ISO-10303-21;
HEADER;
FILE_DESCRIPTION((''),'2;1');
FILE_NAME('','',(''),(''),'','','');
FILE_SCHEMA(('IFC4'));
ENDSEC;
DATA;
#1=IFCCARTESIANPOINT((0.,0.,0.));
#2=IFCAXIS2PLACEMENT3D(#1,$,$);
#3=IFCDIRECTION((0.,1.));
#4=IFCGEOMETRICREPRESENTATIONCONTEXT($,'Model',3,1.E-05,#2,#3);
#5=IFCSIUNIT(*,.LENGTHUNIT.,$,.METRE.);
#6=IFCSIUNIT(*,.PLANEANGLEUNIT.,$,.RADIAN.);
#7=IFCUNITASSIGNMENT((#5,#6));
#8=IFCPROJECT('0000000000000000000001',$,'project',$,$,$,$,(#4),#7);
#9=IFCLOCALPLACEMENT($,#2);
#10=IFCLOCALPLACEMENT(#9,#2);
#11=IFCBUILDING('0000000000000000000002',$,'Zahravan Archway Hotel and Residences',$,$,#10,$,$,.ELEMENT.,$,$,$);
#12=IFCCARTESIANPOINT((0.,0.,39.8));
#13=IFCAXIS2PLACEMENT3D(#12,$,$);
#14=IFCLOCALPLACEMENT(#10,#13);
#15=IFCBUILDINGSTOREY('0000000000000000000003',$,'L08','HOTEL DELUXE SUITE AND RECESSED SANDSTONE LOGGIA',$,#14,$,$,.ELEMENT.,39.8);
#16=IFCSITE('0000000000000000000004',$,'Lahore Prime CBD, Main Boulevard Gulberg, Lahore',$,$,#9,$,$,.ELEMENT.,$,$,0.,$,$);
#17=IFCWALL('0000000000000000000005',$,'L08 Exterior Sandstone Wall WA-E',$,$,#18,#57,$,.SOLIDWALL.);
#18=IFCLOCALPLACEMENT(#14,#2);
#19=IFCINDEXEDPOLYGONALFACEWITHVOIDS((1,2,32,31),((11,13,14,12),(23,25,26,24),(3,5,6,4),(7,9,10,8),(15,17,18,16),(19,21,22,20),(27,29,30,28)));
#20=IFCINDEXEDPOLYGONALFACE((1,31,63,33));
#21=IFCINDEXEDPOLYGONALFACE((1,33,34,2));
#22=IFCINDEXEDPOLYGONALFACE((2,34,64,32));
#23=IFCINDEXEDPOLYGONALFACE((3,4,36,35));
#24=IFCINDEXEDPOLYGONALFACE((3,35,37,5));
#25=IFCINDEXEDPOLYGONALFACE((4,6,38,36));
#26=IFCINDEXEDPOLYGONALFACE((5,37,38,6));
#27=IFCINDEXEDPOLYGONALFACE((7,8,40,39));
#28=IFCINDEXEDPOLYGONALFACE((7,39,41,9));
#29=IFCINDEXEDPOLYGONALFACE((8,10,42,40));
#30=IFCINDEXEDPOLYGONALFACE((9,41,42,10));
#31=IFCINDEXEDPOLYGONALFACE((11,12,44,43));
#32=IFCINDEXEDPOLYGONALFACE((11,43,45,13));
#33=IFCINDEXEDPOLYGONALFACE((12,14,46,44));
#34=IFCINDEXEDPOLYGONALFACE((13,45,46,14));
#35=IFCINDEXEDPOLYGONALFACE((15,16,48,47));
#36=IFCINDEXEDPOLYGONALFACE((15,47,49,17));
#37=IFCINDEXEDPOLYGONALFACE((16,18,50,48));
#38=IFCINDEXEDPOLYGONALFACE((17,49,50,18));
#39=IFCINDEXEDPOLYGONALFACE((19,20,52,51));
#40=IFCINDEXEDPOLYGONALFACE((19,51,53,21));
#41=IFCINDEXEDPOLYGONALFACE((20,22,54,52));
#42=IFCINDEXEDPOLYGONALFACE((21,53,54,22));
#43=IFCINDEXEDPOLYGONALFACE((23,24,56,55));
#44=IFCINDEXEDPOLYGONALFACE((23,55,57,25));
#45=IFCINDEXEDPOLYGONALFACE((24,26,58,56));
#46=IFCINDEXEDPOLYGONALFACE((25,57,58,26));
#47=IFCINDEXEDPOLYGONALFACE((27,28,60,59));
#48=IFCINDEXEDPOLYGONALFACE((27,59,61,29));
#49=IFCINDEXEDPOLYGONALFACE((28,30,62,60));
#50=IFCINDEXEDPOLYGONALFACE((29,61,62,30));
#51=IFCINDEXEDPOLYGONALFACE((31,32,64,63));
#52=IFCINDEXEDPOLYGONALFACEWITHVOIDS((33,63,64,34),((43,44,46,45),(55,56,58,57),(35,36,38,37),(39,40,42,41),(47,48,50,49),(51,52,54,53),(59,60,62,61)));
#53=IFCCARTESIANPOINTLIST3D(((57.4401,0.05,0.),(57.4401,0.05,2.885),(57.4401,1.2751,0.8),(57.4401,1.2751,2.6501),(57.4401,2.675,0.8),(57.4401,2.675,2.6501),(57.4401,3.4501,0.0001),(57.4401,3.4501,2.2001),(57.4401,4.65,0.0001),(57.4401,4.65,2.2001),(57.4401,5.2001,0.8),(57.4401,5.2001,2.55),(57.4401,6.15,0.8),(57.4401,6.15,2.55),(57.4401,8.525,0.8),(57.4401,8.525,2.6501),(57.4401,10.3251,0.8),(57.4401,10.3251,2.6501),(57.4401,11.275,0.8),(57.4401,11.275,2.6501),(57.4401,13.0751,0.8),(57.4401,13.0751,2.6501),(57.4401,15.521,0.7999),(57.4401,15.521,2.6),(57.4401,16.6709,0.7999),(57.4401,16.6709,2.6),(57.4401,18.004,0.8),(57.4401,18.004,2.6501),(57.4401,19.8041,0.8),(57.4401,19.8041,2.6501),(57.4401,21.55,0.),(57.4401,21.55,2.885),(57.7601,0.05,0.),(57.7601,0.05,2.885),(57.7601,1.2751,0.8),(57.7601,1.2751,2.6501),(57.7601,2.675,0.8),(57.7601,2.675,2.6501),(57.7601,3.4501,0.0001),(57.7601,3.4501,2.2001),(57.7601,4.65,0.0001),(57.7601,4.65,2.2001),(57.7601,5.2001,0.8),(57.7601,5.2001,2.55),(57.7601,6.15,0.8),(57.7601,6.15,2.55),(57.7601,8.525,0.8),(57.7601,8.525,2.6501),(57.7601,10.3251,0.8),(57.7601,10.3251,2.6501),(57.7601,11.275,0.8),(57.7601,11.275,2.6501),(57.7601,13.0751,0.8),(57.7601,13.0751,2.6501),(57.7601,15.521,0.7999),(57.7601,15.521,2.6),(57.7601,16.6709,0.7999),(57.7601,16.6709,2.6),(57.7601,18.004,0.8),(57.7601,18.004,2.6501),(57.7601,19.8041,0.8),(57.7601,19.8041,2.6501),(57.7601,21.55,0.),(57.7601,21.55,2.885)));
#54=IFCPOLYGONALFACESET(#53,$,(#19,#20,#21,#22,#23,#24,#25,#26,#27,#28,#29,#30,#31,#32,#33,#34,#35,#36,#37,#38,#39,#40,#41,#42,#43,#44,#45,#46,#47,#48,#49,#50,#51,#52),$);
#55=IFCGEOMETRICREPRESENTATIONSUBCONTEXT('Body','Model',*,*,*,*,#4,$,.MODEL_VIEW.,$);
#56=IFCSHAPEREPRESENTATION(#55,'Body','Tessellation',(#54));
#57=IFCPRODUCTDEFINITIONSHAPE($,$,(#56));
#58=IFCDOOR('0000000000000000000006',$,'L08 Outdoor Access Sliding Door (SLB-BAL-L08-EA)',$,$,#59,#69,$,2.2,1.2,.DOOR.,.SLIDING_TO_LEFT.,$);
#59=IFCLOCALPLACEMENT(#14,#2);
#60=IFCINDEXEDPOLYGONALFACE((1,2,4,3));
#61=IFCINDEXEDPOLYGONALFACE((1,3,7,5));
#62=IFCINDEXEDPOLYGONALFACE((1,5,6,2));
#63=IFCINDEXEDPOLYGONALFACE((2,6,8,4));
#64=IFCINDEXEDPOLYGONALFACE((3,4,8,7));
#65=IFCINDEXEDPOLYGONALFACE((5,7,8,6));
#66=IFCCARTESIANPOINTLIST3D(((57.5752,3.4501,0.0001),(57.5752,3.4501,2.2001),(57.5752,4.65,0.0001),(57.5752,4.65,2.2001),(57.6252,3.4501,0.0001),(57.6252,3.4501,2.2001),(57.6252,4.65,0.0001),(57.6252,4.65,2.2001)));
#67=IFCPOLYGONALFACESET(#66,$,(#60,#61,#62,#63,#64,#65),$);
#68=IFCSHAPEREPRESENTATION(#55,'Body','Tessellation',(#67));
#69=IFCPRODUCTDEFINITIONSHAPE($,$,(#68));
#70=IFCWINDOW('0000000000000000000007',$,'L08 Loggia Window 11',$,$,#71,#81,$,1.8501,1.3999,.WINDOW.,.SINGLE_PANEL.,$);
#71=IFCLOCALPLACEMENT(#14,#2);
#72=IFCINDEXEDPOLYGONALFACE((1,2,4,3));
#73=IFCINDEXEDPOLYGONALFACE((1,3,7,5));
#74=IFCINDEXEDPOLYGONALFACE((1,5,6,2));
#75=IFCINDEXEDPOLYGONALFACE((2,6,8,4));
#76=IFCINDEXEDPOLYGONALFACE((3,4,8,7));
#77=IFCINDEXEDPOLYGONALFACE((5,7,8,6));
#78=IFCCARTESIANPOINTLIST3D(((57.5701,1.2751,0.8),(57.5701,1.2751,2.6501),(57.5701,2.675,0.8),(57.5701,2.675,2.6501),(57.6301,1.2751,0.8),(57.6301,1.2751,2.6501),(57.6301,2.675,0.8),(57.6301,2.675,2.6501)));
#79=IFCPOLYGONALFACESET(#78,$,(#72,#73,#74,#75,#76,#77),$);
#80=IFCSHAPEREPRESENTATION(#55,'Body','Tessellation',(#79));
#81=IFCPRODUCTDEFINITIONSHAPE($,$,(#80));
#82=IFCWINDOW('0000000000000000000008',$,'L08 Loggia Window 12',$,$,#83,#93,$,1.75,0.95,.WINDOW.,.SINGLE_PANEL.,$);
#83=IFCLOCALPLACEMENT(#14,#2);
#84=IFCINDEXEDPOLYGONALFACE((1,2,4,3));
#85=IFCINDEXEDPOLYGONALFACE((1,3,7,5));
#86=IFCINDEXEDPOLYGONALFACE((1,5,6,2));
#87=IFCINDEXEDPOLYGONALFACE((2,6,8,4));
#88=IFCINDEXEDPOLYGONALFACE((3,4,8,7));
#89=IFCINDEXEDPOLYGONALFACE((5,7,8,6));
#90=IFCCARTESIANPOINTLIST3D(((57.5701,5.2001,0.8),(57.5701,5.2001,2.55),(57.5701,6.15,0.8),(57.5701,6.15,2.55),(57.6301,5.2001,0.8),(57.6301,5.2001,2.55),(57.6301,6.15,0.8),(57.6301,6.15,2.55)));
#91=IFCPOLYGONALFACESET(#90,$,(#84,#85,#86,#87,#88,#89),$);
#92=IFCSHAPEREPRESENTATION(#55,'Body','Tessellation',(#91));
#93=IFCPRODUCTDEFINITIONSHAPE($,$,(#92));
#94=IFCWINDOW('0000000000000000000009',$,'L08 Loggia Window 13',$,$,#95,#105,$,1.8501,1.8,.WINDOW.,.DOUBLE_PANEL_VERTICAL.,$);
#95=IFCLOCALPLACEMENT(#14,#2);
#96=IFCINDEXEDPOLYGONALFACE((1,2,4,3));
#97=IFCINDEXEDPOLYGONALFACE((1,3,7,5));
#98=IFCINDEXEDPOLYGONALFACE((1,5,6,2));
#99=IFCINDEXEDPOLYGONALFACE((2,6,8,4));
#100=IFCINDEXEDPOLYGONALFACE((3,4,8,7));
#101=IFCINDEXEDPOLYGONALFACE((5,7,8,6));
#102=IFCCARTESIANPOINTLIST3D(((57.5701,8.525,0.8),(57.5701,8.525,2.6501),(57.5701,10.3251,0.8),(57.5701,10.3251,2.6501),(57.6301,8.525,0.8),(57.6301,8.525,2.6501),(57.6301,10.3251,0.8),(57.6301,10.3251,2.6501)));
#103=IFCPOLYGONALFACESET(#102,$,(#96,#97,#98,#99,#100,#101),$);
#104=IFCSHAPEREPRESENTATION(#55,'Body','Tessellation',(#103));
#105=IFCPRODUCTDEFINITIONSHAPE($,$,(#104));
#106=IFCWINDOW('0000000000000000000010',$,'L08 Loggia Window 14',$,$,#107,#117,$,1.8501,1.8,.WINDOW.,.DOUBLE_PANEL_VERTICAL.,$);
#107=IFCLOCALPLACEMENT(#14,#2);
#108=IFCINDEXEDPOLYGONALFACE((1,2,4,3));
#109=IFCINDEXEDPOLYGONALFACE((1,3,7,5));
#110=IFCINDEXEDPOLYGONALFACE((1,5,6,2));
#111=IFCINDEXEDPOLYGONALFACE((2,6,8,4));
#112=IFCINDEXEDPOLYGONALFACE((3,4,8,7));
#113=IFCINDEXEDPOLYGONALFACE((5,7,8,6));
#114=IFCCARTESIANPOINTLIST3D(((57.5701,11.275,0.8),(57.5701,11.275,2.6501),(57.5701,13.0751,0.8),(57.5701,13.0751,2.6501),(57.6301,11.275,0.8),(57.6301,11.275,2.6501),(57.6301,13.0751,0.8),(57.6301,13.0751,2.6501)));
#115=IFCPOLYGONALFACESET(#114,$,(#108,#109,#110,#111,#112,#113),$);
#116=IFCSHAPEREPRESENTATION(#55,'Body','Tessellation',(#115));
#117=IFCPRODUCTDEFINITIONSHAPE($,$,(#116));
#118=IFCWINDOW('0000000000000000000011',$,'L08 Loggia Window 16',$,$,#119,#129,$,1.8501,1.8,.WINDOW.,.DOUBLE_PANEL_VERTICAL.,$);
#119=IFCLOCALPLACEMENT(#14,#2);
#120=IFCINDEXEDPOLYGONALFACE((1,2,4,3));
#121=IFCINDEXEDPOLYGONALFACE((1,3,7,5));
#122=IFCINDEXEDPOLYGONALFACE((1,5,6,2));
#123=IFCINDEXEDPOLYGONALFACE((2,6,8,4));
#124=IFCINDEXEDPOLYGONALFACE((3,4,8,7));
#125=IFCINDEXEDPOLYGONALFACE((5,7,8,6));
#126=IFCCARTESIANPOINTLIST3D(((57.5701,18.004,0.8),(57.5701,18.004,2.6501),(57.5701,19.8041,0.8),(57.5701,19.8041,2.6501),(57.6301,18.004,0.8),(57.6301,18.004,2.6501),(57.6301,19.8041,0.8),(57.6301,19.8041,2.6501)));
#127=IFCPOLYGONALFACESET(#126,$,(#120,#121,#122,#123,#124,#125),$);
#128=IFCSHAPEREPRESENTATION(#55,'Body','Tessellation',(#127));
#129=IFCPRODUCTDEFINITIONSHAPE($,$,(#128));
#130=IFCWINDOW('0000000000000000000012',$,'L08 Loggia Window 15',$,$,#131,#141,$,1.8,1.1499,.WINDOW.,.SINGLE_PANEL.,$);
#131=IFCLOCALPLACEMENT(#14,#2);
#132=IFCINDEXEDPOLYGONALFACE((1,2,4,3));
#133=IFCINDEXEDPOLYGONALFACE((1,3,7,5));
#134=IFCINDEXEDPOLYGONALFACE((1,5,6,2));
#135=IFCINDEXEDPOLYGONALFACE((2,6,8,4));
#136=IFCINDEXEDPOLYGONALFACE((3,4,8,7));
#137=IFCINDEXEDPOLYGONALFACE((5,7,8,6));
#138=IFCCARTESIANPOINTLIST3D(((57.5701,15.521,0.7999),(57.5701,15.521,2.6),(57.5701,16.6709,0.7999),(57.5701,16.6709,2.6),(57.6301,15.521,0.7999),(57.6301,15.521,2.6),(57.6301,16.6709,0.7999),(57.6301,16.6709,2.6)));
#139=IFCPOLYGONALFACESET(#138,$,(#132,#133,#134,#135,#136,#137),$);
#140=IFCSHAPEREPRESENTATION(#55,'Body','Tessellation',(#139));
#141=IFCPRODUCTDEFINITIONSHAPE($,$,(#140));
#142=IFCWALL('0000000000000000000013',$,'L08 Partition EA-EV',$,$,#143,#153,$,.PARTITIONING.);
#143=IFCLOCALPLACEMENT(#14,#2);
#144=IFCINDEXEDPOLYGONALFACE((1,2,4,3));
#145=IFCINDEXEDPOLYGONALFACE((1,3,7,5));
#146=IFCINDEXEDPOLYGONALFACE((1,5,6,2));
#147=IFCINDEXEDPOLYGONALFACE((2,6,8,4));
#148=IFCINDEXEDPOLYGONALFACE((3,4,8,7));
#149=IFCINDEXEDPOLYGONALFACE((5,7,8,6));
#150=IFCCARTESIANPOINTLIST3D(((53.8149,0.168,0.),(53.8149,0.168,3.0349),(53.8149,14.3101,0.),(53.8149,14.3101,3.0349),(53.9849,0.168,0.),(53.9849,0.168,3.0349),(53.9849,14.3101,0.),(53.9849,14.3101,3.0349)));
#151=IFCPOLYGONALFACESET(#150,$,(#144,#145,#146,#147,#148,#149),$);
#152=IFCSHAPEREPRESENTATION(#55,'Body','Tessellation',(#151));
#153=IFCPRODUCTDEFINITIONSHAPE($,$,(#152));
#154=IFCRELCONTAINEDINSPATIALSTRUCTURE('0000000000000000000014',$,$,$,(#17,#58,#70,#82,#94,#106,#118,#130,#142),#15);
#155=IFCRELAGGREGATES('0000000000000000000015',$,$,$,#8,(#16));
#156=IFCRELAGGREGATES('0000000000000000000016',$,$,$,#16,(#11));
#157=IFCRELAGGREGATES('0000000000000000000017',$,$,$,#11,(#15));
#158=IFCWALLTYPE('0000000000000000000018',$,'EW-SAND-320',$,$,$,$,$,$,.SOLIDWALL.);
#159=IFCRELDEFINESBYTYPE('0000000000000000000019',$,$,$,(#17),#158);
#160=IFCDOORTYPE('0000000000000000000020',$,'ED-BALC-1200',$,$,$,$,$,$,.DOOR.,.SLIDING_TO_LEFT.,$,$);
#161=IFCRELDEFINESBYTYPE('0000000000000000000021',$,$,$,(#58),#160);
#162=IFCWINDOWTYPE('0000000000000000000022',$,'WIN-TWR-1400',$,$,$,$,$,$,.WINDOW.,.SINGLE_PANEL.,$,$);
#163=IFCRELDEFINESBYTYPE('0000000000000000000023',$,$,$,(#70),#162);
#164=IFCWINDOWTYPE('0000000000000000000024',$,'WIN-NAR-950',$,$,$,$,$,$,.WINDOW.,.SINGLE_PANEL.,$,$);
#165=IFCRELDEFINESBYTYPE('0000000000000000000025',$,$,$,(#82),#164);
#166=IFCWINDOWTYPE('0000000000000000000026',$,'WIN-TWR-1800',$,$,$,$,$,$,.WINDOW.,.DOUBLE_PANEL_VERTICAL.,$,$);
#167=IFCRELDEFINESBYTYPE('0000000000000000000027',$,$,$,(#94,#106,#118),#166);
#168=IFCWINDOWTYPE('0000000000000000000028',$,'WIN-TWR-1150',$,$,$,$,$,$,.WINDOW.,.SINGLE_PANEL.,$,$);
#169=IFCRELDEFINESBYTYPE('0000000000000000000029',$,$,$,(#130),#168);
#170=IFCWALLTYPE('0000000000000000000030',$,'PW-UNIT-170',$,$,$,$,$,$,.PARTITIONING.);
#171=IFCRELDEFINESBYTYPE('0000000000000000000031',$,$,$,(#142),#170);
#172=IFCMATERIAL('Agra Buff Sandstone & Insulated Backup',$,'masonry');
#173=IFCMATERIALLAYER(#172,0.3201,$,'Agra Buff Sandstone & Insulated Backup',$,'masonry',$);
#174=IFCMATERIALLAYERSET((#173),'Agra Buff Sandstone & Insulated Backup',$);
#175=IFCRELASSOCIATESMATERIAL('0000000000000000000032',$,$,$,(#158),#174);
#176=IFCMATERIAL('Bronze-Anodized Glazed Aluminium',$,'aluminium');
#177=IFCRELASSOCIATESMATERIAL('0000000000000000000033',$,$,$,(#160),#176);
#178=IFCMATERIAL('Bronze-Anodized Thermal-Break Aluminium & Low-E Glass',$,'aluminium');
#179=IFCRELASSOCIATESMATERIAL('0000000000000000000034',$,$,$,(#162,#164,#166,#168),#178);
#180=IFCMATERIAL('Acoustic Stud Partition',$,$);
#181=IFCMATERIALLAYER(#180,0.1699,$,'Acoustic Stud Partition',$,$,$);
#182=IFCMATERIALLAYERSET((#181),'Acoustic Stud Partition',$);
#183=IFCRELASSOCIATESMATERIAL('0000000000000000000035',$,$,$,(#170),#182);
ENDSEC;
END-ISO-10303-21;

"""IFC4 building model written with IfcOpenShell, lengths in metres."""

from ifc_helpers import new_model, si_unit, direction, frame, frame_2d, origin, place, context, subcontext, project, spatial, rectangle, extrude, source, transform, mapped, material, layer, layer_set, type_object, type_shapes, element, fill, save


model = new_model("IFC4")

# Units and contexts
model_context = context("Model", 3, precision=1e-05, world=origin(), true_north=direction((0.0, 1.0)))
body_context = subcontext(model_context, "Body", "Model", "MODEL_VIEW")
ifc_project = project(units=[si_unit("LENGTHUNIT", "METRE"), si_unit("PLANEANGLEUNIT", "RADIAN")], contexts=[model_context])

# Site, building, storey
site_placement = place(None, origin())
site = spatial("IfcSite", under=ifc_project, at=site_placement, Name="Lahore Prime CBD, Main Boulevard Gulberg, Lahore", CompositionType="ELEMENT", RefElevation=0.0)
building_placement = place(site_placement, origin())
building = spatial("IfcBuilding", under=site, at=building_placement, Name="Zahravan Archway Hotel and Residences", CompositionType="ELEMENT")
storey_placement = place(building_placement, frame((0.0, 0.0, 39.8)))
storey = spatial("IfcBuildingStorey", under=building, at=storey_placement, Name="L08", Description="HOTEL DELUXE SUITE AND RECESSED SANDSTONE LOGGIA", CompositionType="ELEMENT", Elevation=39.8)

# Wall, openings, door, windows
ifc_material_1 = material(Name="Agra Buff Sandstone & Insulated Backup", Category="masonry")
ifc_layer_1 = layer(ifc_material_1, 0.3201, Name="Agra Buff Sandstone & Insulated Backup", Category="masonry")
ifc_layer_set_1 = layer_set([ifc_layer_1], Name="Agra Buff Sandstone & Insulated Backup")
wall_type_1 = type_object("IfcWallType", Name="EW-SAND-320", PredefinedType="SOLIDWALL", material=ifc_layer_set_1)
wall_1_placement = place(storey_placement, frame((57.6001, 0.05, 0.0), z_axis=(0.0, 0.0, 1.0), x_axis=(0.0, 1.0, 0.0)))
wall_1 = element("IfcWall", 1, at=wall_1_placement, inside=storey, type_object=wall_type_1, Name="L08 Exterior Sandstone Wall WA-E", PredefinedType="SOLIDWALL", context=body_context, shape_type="SweptSolid", body=[
    extrude(rectangle(XDim=21.5, YDim=0.3201, at=frame_2d((10.75, 0.0))), origin(), (0.0, 0.0, 1.0), 2.885),
])
opening_1_placement = place(wall_1_placement, frame((3.3999, 0.0, 0.0)))
opening_1 = element("IfcOpeningElement", 2, at=opening_1_placement, cuts=wall_1, PredefinedType="OPENING", context=body_context, shape_type="SweptSolid", body=[
    extrude(rectangle(XDim=1.2, YDim=2.2, at=frame_2d((0.6001, 1.1001))), frame((0.0, 0.1699, 0.0), z_axis=(0.0, -1.0, 0.0), x_axis=(1.0, 0.0, 0.0)), (0.0, 0.0, 1.0), 0.3401),
])
opening_2_placement = place(wall_1_placement, frame((1.2251, 0.0, 0.8)))
opening_2 = element("IfcOpeningElement", 3, at=opening_2_placement, cuts=wall_1, PredefinedType="OPENING", context=body_context, shape_type="SweptSolid", body=[
    extrude(rectangle(XDim=1.3999, YDim=1.8501, at=frame_2d((0.7, 0.925))), frame((0.0, 0.1699, 0.0), z_axis=(0.0, -1.0, 0.0), x_axis=(1.0, 0.0, 0.0)), (0.0, 0.0, 1.0), 0.3401),
])
opening_3_placement = place(wall_1_placement, frame((5.1499, 0.0, 0.8)))
opening_3 = element("IfcOpeningElement", 4, at=opening_3_placement, cuts=wall_1, PredefinedType="OPENING", context=body_context, shape_type="SweptSolid", body=[
    extrude(rectangle(XDim=0.95, YDim=1.75, at=frame_2d((0.4751, 0.875))), frame((0.0, 0.1699, 0.0), z_axis=(0.0, -1.0, 0.0), x_axis=(1.0, 0.0, 0.0)), (0.0, 0.0, 1.0), 0.3401),
])
opening_4_placement = place(wall_1_placement, frame((8.4751, 0.0, 0.8)))
opening_4 = element("IfcOpeningElement", 5, at=opening_4_placement, cuts=wall_1, PredefinedType="OPENING", context=body_context, shape_type="SweptSolid", body=[
    extrude(rectangle(XDim=1.8, YDim=1.8501, at=frame_2d((0.8999, 0.925))), frame((0.0, 0.1699, 0.0), z_axis=(0.0, -1.0, 0.0), x_axis=(1.0, 0.0, 0.0)), (0.0, 0.0, 1.0), 0.3401),
])
opening_5_placement = place(wall_1_placement, frame((11.2251, 0.0, 0.8)))
opening_5 = element("IfcOpeningElement", 6, at=opening_5_placement, cuts=wall_1, PredefinedType="OPENING", context=body_context, shape_type="SweptSolid", body=[
    extrude(rectangle(XDim=1.8, YDim=1.8501, at=frame_2d((0.8999, 0.925))), frame((0.0, 0.1699, 0.0), z_axis=(0.0, -1.0, 0.0), x_axis=(1.0, 0.0, 0.0)), (0.0, 0.0, 1.0), 0.3401),
])
opening_6_placement = place(wall_1_placement, frame((15.4709, 0.0, 0.8)))
opening_6 = element("IfcOpeningElement", 7, at=opening_6_placement, cuts=wall_1, PredefinedType="OPENING", context=body_context, shape_type="SweptSolid", body=[
    extrude(rectangle(XDim=1.1499, YDim=1.8, at=frame_2d((0.575, 0.8999))), frame((0.0, 0.1699, 0.0), z_axis=(0.0, -1.0, 0.0), x_axis=(1.0, 0.0, 0.0)), (0.0, 0.0, 1.0), 0.3401),
])
opening_7_placement = place(wall_1_placement, frame((17.9541, 0.0, 0.8)))
opening_7 = element("IfcOpeningElement", 8, at=opening_7_placement, cuts=wall_1, PredefinedType="OPENING", context=body_context, shape_type="SweptSolid", body=[
    extrude(rectangle(XDim=1.8, YDim=1.8501, at=frame_2d((0.8999, 0.925))), frame((0.0, 0.1699, 0.0), z_axis=(0.0, -1.0, 0.0), x_axis=(1.0, 0.0, 0.0)), (0.0, 0.0, 1.0), 0.3401),
])
ifc_material_2 = material(Name="Bronze-Anodized Glazed Aluminium", Category="aluminium")
door_type = type_object("IfcDoorType", Name="ED-BALC-1200", OperationType="SLIDING_TO_LEFT", PredefinedType="DOOR", material=ifc_material_2)
shared_shape_1 = source(origin(), body_context, "Body", "SweptSolid", [
    extrude(rectangle(XDim=1.2, YDim=2.2, at=frame_2d((0.6001, 1.1001))), frame((0.0, 0.0249, 0.0), z_axis=(0.0, -1.0, 0.0), x_axis=(1.0, 0.0, 0.0)), (0.0, 0.0, 1.0), 0.05),
])
type_shapes(door_type, [shared_shape_1])
door_placement = place(opening_1_placement, origin())
door = element("IfcDoor", 9, at=door_placement, inside=storey, type_object=door_type, Name="L08 Outdoor Access Sliding Door (SLB-BAL-L08-EA)", OperationType="SLIDING_TO_LEFT", OverallHeight=2.2, OverallWidth=1.2, PredefinedType="DOOR", context=body_context, shape_type="MappedRepresentation", body=[
    mapped(shared_shape_1, transform((0.0, 0.0, 0.0), scale=1.0)),
])
fill(opening_1, door)
ifc_material_3 = material(Name="Bronze-Anodized Thermal-Break Aluminium & Low-E Glass", Category="aluminium")
window_type_1 = type_object("IfcWindowType", Name="WIN-TWR-1400", PartitioningType="SINGLE_PANEL", PredefinedType="WINDOW", material=ifc_material_3)
shared_shape_2 = source(origin(), body_context, "Body", "SweptSolid", [
    extrude(rectangle(XDim=1.3999, YDim=1.8501, at=frame_2d((0.7, 0.925))), frame((0.0, 0.03, 0.0), z_axis=(0.0, -1.0, 0.0), x_axis=(1.0, 0.0, 0.0)), (0.0, 0.0, 1.0), 0.0601),
])
type_shapes(window_type_1, [shared_shape_2])
window_1_placement = place(opening_2_placement, origin())
window_1 = element("IfcWindow", 10, at=window_1_placement, inside=storey, type_object=window_type_1, Name="L08 Loggia Window 11", OverallHeight=1.8501, OverallWidth=1.3999, PartitioningType="SINGLE_PANEL", PredefinedType="WINDOW", context=body_context, shape_type="MappedRepresentation", body=[
    mapped(shared_shape_2, transform((0.0, 0.0, 0.0), scale=1.0)),
])
fill(opening_2, window_1)
window_type_2 = type_object("IfcWindowType", Name="WIN-NAR-950", PartitioningType="SINGLE_PANEL", PredefinedType="WINDOW", material=ifc_material_3)
shared_shape_3 = source(origin(), body_context, "Body", "SweptSolid", [
    extrude(rectangle(XDim=0.95, YDim=1.75, at=frame_2d((0.4751, 0.875))), frame((0.0, 0.03, 0.0), z_axis=(0.0, -1.0, 0.0), x_axis=(1.0, 0.0, 0.0)), (0.0, 0.0, 1.0), 0.0601),
])
type_shapes(window_type_2, [shared_shape_3])
window_2_placement = place(opening_3_placement, origin())
window_2 = element("IfcWindow", 11, at=window_2_placement, inside=storey, type_object=window_type_2, Name="L08 Loggia Window 12", OverallHeight=1.75, OverallWidth=0.95, PartitioningType="SINGLE_PANEL", PredefinedType="WINDOW", context=body_context, shape_type="MappedRepresentation", body=[
    mapped(shared_shape_3, transform((0.0, 0.0, 0.0), scale=1.0)),
])
fill(opening_3, window_2)
window_type_3 = type_object("IfcWindowType", Name="WIN-TWR-1800", PartitioningType="DOUBLE_PANEL_VERTICAL", PredefinedType="WINDOW", material=ifc_material_3)
shared_shape_4 = source(origin(), body_context, "Body", "SweptSolid", [
    extrude(rectangle(XDim=1.8, YDim=1.8501, at=frame_2d((0.8999, 0.925))), frame((0.0, 0.03, 0.0), z_axis=(0.0, -1.0, 0.0), x_axis=(1.0, 0.0, 0.0)), (0.0, 0.0, 1.0), 0.0601),
])
type_shapes(window_type_3, [shared_shape_4])
window_3_placement = place(opening_4_placement, origin())
window_3 = element("IfcWindow", 12, at=window_3_placement, inside=storey, type_object=window_type_3, Name="L08 Loggia Window 13", OverallHeight=1.8501, OverallWidth=1.8, PartitioningType="DOUBLE_PANEL_VERTICAL", PredefinedType="WINDOW", context=body_context, shape_type="MappedRepresentation", body=[
    mapped(shared_shape_4, transform((0.0, 0.0, 0.0), scale=1.0)),
])
fill(opening_4, window_3)
window_4_placement = place(opening_5_placement, origin())
window_4 = element("IfcWindow", 13, at=window_4_placement, inside=storey, type_object=window_type_3, Name="L08 Loggia Window 14", OverallHeight=1.8501, OverallWidth=1.8, PartitioningType="DOUBLE_PANEL_VERTICAL", PredefinedType="WINDOW", context=body_context, shape_type="MappedRepresentation", body=[
    mapped(shared_shape_4, transform((0.0, 0.0, 0.0), scale=1.0)),
])
fill(opening_5, window_4)
window_5_placement = place(opening_7_placement, origin())
window_5 = element("IfcWindow", 14, at=window_5_placement, inside=storey, type_object=window_type_3, Name="L08 Loggia Window 16", OverallHeight=1.8501, OverallWidth=1.8, PartitioningType="DOUBLE_PANEL_VERTICAL", PredefinedType="WINDOW", context=body_context, shape_type="MappedRepresentation", body=[
    mapped(shared_shape_4, transform((0.0, 0.0, 0.0), scale=1.0)),
])
fill(opening_7, window_5)
window_type_4 = type_object("IfcWindowType", Name="WIN-TWR-1150", PartitioningType="SINGLE_PANEL", PredefinedType="WINDOW", material=ifc_material_3)
shared_shape_5 = source(origin(), body_context, "Body", "SweptSolid", [
    extrude(rectangle(XDim=1.1499, YDim=1.8, at=frame_2d((0.575, 0.8999))), frame((0.0, 0.03, 0.0), z_axis=(0.0, -1.0, 0.0), x_axis=(1.0, 0.0, 0.0)), (0.0, 0.0, 1.0), 0.0601),
])
type_shapes(window_type_4, [shared_shape_5])
window_6_placement = place(opening_6_placement, origin())
window_6 = element("IfcWindow", 15, at=window_6_placement, inside=storey, type_object=window_type_4, Name="L08 Loggia Window 15", OverallHeight=1.8, OverallWidth=1.1499, PartitioningType="SINGLE_PANEL", PredefinedType="WINDOW", context=body_context, shape_type="MappedRepresentation", body=[
    mapped(shared_shape_5, transform((0.0, 0.0, 0.0), scale=1.0)),
])
fill(opening_6, window_6)

# Wall
ifc_material_4 = material(Name="Acoustic Stud Partition")
ifc_layer_2 = layer(ifc_material_4, 0.1699, Name="Acoustic Stud Partition")
ifc_layer_set_2 = layer_set([ifc_layer_2], Name="Acoustic Stud Partition")
wall_type_2 = type_object("IfcWallType", Name="PW-UNIT-170", PredefinedType="PARTITIONING", material=ifc_layer_set_2)
wall_2_placement = place(storey_placement, frame((53.8999, 0.168, 0.0), z_axis=(0.0, 0.0, 1.0), x_axis=(0.0, 1.0, 0.0)))
element("IfcWall", 16, at=wall_2_placement, inside=storey, type_object=wall_type_2, Name="L08 Partition EA-EV", PredefinedType="PARTITIONING", context=body_context, shape_type="SweptSolid", body=[
    extrude(rectangle(XDim=14.1421, YDim=0.1699, at=frame_2d((7.071, 0.0))), origin(), (0.0, 0.0, 1.0), 3.0349),
])

save(model, "model.ifc")
